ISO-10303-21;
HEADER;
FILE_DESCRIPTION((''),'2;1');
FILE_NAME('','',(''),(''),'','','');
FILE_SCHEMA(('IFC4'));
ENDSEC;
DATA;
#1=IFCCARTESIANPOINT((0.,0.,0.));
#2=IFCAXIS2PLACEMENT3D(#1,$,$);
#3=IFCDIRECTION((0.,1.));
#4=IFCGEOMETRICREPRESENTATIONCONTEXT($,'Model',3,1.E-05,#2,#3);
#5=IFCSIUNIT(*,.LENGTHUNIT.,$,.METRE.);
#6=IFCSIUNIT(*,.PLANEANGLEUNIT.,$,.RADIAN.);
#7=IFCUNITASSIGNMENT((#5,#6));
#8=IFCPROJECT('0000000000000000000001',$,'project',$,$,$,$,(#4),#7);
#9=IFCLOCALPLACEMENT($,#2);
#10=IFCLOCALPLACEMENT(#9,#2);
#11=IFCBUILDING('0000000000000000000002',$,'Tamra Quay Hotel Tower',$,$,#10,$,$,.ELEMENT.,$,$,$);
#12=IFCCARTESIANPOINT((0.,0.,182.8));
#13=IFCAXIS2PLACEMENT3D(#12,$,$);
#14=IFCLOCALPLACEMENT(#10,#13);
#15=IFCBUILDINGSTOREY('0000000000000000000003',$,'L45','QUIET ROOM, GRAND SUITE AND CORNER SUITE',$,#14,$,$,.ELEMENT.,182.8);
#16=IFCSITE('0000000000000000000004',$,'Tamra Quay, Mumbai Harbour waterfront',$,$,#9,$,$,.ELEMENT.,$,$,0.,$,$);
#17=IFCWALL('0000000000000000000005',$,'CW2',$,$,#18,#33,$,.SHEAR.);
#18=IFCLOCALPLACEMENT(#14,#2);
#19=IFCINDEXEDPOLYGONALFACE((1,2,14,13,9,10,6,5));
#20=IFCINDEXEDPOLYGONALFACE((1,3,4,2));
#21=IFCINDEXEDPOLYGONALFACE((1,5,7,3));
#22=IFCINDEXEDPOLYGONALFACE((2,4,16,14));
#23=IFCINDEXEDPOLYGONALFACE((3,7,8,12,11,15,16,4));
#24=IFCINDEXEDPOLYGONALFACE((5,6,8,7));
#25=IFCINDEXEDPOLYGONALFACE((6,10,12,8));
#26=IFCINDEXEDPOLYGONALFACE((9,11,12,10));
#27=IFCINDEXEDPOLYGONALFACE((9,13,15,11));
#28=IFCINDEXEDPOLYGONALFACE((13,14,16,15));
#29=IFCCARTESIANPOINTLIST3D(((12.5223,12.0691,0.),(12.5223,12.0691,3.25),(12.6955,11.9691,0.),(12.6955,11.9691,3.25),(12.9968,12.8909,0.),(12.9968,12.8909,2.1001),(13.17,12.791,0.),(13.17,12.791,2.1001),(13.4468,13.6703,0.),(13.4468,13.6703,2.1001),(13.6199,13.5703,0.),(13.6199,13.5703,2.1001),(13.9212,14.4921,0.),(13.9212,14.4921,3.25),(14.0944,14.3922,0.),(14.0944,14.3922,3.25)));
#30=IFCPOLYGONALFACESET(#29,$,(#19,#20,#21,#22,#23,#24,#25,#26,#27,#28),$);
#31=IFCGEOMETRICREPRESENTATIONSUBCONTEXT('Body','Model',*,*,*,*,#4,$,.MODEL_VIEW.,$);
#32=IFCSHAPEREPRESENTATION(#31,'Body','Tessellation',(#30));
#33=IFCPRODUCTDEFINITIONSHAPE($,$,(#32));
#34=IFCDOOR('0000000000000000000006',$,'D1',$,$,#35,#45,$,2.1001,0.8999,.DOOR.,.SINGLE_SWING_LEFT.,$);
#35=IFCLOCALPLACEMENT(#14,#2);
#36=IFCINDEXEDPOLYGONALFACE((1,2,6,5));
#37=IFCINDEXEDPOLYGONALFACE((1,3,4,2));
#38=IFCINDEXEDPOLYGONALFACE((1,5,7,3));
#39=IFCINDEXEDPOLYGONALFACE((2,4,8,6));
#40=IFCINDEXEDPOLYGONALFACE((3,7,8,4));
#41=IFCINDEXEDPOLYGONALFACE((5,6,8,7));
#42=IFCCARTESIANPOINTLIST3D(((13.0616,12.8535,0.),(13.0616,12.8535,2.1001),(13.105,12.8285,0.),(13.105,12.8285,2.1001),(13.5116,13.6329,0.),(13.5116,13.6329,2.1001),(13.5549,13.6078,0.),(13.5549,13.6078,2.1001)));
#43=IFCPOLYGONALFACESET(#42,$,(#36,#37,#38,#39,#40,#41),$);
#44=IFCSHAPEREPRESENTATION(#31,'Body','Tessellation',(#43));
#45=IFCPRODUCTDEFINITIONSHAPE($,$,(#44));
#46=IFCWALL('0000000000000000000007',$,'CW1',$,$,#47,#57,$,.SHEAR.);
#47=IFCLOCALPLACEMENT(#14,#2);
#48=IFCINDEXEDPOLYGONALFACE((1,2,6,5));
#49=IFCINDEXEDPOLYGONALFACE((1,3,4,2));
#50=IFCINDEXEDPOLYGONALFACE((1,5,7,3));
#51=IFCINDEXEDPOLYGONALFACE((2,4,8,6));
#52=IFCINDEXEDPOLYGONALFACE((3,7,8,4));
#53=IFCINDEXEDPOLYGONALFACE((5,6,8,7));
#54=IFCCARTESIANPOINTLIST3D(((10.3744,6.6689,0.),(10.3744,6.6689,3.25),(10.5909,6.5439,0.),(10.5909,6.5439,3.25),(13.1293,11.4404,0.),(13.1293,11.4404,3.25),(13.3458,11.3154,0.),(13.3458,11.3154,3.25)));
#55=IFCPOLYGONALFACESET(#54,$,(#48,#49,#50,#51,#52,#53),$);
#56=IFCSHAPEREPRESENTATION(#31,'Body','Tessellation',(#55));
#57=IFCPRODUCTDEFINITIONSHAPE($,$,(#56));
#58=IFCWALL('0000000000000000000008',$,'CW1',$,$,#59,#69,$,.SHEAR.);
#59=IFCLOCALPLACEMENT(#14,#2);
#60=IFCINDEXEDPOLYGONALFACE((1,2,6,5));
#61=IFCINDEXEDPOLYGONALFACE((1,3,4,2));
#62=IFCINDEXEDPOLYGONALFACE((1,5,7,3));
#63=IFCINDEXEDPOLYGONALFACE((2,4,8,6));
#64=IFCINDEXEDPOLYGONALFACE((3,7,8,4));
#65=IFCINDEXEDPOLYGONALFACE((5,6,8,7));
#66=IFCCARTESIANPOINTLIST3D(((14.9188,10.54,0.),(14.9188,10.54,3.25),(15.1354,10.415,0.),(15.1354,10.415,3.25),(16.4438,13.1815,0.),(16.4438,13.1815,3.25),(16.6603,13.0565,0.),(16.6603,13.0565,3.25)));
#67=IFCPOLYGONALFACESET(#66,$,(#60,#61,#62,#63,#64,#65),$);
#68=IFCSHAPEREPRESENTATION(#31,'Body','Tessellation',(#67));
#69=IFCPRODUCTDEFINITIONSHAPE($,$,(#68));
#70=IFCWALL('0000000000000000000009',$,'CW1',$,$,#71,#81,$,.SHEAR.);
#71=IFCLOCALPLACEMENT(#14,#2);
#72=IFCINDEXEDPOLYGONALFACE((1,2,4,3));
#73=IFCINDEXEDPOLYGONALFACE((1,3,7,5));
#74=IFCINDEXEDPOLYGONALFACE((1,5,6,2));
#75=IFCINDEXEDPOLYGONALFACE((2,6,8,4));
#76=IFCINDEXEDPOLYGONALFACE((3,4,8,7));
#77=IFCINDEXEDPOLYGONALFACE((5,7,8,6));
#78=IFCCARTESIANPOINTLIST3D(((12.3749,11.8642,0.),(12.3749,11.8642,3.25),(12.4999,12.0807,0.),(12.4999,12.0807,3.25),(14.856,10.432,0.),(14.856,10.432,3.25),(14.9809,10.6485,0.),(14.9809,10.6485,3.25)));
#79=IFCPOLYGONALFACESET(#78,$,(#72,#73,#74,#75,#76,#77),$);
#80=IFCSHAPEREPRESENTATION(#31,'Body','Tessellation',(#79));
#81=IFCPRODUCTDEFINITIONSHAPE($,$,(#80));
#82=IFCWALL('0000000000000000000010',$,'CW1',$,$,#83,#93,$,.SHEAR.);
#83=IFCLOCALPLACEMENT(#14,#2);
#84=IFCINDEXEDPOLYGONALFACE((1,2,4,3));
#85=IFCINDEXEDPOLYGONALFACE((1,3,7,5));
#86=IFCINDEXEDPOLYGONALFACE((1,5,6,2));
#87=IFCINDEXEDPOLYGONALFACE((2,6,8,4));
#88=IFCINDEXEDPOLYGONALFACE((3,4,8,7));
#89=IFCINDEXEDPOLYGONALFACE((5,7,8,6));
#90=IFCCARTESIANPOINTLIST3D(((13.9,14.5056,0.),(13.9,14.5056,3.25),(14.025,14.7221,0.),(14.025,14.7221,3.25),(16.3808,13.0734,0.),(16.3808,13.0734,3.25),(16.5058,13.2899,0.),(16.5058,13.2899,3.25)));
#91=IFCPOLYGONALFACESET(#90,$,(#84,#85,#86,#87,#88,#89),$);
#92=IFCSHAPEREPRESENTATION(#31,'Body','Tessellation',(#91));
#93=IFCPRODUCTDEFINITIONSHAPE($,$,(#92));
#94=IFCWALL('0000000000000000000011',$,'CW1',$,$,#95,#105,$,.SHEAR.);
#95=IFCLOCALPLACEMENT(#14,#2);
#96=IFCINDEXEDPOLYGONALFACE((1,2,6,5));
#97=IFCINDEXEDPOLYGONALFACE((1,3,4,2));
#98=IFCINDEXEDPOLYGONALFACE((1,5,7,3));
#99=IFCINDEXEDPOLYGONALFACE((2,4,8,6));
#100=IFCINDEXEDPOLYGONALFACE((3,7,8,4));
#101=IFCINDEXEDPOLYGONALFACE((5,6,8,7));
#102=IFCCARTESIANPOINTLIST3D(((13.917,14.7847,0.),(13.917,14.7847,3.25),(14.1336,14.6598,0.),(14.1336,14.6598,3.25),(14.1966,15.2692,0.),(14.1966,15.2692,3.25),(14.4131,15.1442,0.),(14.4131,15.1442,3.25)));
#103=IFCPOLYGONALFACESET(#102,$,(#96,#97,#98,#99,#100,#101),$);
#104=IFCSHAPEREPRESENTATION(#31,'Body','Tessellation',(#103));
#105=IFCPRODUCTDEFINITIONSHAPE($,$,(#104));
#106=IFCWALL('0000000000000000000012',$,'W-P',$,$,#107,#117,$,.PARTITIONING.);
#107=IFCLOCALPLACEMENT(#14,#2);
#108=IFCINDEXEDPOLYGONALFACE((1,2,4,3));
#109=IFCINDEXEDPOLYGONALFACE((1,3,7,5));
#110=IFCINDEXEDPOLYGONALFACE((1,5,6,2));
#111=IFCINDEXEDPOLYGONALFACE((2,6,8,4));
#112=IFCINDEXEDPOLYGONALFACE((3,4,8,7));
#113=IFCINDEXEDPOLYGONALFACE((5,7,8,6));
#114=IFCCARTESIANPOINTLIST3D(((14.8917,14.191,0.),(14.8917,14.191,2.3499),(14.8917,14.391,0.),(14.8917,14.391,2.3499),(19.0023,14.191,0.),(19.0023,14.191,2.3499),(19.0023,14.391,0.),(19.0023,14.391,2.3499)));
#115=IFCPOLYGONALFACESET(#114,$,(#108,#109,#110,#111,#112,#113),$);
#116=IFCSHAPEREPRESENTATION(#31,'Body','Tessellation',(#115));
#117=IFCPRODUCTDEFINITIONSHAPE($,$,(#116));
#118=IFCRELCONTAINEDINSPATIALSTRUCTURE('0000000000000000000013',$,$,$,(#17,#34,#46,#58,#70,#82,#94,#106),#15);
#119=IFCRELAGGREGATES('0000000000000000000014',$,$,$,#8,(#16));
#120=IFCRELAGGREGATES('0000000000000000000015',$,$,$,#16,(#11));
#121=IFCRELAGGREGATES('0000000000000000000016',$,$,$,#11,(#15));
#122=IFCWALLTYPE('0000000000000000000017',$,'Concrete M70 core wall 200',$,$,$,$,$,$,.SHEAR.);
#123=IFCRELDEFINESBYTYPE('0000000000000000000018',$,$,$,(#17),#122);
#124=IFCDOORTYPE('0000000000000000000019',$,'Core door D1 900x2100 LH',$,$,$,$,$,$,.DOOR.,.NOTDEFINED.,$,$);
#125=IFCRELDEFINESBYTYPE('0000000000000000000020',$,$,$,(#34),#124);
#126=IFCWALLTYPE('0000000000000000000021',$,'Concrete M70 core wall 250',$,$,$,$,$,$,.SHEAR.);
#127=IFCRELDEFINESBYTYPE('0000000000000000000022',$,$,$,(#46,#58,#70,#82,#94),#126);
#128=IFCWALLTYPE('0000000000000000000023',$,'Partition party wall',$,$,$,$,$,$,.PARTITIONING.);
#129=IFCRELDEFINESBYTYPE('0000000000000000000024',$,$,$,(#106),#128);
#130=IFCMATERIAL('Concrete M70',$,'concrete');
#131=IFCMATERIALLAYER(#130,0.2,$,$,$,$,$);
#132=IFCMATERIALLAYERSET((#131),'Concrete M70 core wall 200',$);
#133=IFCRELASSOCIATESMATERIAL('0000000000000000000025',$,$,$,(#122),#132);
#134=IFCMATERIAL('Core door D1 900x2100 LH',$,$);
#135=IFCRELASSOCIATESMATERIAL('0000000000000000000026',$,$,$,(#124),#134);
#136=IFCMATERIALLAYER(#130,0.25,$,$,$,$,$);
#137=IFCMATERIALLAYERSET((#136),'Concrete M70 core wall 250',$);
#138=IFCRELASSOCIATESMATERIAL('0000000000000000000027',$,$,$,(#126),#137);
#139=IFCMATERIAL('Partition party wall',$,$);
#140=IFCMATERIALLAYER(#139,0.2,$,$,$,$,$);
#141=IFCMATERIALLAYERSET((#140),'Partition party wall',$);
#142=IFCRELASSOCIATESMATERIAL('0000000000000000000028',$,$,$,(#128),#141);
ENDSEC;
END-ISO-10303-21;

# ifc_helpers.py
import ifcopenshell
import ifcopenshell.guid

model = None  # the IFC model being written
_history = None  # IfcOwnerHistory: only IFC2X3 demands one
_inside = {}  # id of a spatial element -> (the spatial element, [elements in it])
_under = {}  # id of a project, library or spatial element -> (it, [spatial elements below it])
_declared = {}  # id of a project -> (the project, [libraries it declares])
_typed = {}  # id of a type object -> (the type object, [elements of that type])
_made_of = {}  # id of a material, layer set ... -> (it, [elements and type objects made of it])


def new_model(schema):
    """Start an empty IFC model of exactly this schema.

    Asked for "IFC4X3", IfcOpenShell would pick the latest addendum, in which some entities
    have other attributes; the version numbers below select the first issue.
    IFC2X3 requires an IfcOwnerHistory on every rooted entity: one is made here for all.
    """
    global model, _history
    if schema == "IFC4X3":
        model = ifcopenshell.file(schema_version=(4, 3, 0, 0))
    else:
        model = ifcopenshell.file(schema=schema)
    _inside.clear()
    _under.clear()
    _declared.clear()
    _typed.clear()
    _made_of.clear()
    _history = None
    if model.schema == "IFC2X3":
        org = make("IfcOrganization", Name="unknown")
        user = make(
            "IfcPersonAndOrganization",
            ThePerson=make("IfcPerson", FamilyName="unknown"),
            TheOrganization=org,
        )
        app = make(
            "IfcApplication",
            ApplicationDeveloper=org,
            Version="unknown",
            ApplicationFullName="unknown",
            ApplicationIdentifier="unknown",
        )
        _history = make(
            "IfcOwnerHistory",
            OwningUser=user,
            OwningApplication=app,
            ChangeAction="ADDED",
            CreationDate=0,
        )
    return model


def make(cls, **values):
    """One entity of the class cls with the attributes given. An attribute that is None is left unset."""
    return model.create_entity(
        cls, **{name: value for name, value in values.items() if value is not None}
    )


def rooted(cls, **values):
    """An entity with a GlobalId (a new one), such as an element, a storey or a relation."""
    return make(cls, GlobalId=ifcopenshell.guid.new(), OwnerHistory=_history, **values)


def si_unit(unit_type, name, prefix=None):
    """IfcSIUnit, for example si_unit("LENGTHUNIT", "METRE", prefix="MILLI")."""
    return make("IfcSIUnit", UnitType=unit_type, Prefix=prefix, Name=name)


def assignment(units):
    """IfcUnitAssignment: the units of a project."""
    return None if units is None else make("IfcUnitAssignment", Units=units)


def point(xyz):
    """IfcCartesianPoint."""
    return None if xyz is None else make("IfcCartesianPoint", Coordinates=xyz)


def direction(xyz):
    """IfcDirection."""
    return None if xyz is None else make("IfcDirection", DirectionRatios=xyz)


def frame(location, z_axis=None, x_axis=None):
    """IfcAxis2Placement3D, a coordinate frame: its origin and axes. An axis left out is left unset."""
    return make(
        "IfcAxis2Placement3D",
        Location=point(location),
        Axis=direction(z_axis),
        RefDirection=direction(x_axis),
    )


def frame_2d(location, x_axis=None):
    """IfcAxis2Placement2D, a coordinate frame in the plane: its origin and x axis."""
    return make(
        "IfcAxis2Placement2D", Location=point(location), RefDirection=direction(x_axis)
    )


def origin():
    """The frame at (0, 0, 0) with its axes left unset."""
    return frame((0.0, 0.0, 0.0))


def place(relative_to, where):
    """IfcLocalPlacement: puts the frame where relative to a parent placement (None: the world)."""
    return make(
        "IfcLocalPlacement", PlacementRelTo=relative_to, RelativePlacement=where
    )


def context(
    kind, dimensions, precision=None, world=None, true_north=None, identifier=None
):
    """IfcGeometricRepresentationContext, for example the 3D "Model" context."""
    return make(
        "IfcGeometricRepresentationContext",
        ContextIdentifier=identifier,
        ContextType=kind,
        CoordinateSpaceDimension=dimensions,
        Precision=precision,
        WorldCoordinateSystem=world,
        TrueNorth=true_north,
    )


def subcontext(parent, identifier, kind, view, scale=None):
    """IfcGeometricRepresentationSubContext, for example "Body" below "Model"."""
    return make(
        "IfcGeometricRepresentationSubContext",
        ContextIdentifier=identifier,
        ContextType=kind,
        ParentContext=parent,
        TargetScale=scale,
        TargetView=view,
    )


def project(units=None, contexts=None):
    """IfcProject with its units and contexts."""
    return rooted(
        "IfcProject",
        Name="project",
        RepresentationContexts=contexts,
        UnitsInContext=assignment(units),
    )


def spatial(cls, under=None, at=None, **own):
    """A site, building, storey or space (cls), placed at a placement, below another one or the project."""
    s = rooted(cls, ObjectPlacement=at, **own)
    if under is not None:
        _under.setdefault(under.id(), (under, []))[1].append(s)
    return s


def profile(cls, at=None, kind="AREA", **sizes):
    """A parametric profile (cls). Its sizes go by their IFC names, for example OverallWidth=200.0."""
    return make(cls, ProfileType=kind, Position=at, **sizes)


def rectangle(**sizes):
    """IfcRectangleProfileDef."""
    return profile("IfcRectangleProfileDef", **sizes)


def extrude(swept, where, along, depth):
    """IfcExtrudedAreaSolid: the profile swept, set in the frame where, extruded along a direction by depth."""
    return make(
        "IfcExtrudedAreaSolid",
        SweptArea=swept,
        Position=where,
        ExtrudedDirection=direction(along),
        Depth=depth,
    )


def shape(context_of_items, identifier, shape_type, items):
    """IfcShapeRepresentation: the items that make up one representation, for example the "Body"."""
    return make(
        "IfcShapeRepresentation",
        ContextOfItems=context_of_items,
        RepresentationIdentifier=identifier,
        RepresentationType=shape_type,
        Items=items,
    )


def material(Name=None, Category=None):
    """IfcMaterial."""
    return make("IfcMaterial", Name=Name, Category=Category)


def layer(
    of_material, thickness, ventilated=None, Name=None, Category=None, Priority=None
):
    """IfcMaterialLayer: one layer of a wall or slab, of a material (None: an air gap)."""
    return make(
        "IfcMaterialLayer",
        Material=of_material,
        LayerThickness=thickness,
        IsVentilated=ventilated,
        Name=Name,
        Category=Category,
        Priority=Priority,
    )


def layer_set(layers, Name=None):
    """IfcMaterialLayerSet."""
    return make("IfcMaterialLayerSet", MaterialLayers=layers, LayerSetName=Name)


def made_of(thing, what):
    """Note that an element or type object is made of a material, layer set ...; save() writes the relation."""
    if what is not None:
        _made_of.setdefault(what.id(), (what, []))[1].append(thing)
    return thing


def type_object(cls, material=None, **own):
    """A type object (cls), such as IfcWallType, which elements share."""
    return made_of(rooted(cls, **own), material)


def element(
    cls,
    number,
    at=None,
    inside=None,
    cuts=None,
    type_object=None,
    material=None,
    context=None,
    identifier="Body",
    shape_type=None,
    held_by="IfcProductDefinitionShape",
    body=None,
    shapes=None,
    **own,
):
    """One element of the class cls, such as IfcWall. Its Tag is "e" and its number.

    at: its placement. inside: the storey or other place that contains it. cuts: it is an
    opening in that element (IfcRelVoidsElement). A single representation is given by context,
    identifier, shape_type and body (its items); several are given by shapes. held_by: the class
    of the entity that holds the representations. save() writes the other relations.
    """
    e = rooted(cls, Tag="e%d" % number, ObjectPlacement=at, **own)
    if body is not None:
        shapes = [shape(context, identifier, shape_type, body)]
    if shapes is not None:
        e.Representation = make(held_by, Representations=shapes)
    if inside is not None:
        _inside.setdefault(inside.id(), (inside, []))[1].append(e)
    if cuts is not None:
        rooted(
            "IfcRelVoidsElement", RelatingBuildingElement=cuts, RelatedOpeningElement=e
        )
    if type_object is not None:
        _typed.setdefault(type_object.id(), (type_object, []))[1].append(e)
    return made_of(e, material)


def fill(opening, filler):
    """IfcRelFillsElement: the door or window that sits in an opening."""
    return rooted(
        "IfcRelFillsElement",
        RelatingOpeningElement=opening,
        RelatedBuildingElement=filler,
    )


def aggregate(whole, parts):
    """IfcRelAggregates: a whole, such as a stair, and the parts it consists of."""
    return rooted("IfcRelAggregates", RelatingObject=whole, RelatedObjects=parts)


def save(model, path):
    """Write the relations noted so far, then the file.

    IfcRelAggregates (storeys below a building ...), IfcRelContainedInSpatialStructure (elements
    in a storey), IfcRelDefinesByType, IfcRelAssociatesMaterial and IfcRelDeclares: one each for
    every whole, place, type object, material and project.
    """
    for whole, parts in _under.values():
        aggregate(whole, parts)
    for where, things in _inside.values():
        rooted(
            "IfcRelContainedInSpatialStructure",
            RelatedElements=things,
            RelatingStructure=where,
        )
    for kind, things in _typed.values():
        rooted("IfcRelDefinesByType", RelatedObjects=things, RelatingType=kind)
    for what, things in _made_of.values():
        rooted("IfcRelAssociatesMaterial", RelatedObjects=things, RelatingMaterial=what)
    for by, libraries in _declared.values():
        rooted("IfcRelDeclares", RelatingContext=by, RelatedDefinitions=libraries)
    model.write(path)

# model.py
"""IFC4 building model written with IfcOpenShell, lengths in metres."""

from ifc_helpers import new_model, si_unit, direction, frame, frame_2d, origin, place, context, subcontext, project, spatial, rectangle, extrude, material, layer, layer_set, type_object, element, fill, save


model = new_model("IFC4")

# Units and contexts
model_context = context("Model", 3, precision=1e-05, world=origin(), true_north=direction((0.0, 1.0)))
body_context = subcontext(model_context, "Body", "Model", "MODEL_VIEW")
ifc_project = project(units=[si_unit("LENGTHUNIT", "METRE"), si_unit("PLANEANGLEUNIT", "RADIAN")], contexts=[model_context])

# Site, building, storey
site_placement = place(None, origin())
site = spatial("IfcSite", under=ifc_project, at=site_placement, Name="Tamra Quay, Mumbai Harbour waterfront", CompositionType="ELEMENT", RefElevation=0.0)
building_placement = place(site_placement, origin())
building = spatial("IfcBuilding", under=site, at=building_placement, Name="Tamra Quay Hotel Tower", CompositionType="ELEMENT")
storey_placement = place(building_placement, frame((0.0, 0.0, 182.8)))
storey = spatial("IfcBuildingStorey", under=building, at=storey_placement, Name="L45", Description="QUIET ROOM, GRAND SUITE AND CORNER SUITE", CompositionType="ELEMENT", Elevation=182.8)

# Shared definitions
ifc_material_1 = material(Name="Concrete M70", Category="concrete")

# Wall, opening, door
ifc_layer_1 = layer(ifc_material_1, 0.2)
ifc_layer_set_1 = layer_set([ifc_layer_1], Name="Concrete M70 core wall 200")
wall_type_1 = type_object("IfcWallType", Name="Concrete M70 core wall 200", PredefinedType="SHEAR", material=ifc_layer_set_1)
wall_1_placement = place(storey_placement, frame((14.0078, 14.4421, 0.0), z_axis=(0.0, 0.0, 1.0), x_axis=(-0.499987, -0.866033, 0.0)))
wall_1 = element("IfcWall", 1, at=wall_1_placement, inside=storey, type_object=wall_type_1, Name="CW2", PredefinedType="SHEAR", context=body_context, shape_type="SweptSolid", body=[
    extrude(rectangle(XDim=2.7979, YDim=0.2, at=frame_2d((1.3989, 0.0))), origin(), (0.0, 0.0, 1.0), 3.25),
])
opening_placement = place(wall_1_placement, frame((0.949, 0.0, 0.0)))
opening = element("IfcOpeningElement", 2, at=opening_placement, cuts=wall_1, PredefinedType="OPENING", context=body_context, shape_type="SweptSolid", body=[
    extrude(rectangle(XDim=0.8999, YDim=2.1001, at=frame_2d((0.45, 1.05))), frame((0.0, 0.1099, 0.0), z_axis=(0.0, -1.0, 0.0), x_axis=(1.0, 0.0, 0.0)), (0.0, 0.0, 1.0), 0.22),
])
ifc_material_2 = material(Name="Core door D1 900x2100 LH")
door_type = type_object("IfcDoorType", Name="Core door D1 900x2100 LH", OperationType="NOTDEFINED", PredefinedType="DOOR", material=ifc_material_2)
door_placement = place(opening_placement, origin())
door = element("IfcDoor", 3, at=door_placement, inside=storey, type_object=door_type, Name="D1", OperationType="SINGLE_SWING_LEFT", OverallHeight=2.1001, OverallWidth=0.8999, PredefinedType="DOOR", context=body_context, shape_type="SweptSolid", body=[
    extrude(rectangle(XDim=0.8999, YDim=2.1001, at=frame_2d((0.45, 1.05))), frame((0.0, 0.0249, 0.0), z_axis=(0.0, -1.0, 0.0), x_axis=(1.0, 0.0, 0.0)), (0.0, 0.0, 1.0), 0.05),
])
fill(opening, door)

# Walls
ifc_layer_2 = layer(ifc_material_1, 0.25)
ifc_layer_set_2 = layer_set([ifc_layer_2], Name="Concrete M70 core wall 250")
wall_type_2 = type_object("IfcWallType", Name="Concrete M70 core wall 250", PredefinedType="SHEAR", material=ifc_layer_set_2)
wall_2_placement = place(storey_placement, frame((13.2375, 11.3779, 0.0), z_axis=(0.0, 0.0, 1.0), x_axis=(-0.500009, -0.86602, 0.0)))
element("IfcWall", 4, at=wall_2_placement, inside=storey, type_object=wall_type_2, Name="CW1", PredefinedType="SHEAR", context=body_context, shape_type="SweptSolid", body=[
    extrude(rectangle(XDim=5.5098, YDim=0.25, at=frame_2d((2.7549, 0.0))), origin(), (0.0, 0.0, 1.0), 3.25),
])
wall_3_placement = place(storey_placement, frame((16.552, 13.1189, 0.0), z_axis=(0.0, 0.0, 1.0), x_axis=(-0.499979, -0.866038, 0.0)))
element("IfcWall", 5, at=wall_3_placement, inside=storey, type_object=wall_type_2, Name="CW1", PredefinedType="SHEAR", context=body_context, shape_type="SweptSolid", body=[
    extrude(rectangle(XDim=3.05, YDim=0.25, at=frame_2d((1.5249, 0.0))), origin(), (0.0, 0.0, 1.0), 3.25),
])
wall_4_placement = place(storey_placement, frame((14.9185, 10.5403, 0.0), z_axis=(0.0, 0.0, 1.0), x_axis=(-0.866064, 0.499934, 0.0)))
element("IfcWall", 6, at=wall_4_placement, inside=storey, type_object=wall_type_2, Name="CW1", PredefinedType="SHEAR", context=body_context, shape_type="SweptSolid", body=[
    extrude(rectangle(XDim=2.8647, YDim=0.25, at=frame_2d((1.4324, 0.0))), origin(), (0.0, 0.0, 1.0), 3.25),
])
wall_5_placement = place(storey_placement, frame((13.9626, 14.6138, 0.0), z_axis=(0.0, 0.0, 1.0), x_axis=(0.866042, -0.499971, 0.0)))
element("IfcWall", 7, at=wall_5_placement, inside=storey, type_object=wall_type_2, Name="CW1", PredefinedType="SHEAR", context=body_context, shape_type="SweptSolid", body=[
    extrude(rectangle(XDim=2.8645, YDim=0.25, at=frame_2d((1.4321, 0.0))), origin(), (0.0, 0.0, 1.0), 3.25),
])
wall_6_placement = place(storey_placement, frame((14.3049, 15.2068, 0.0), z_axis=(0.0, 0.0, 1.0), x_axis=(-0.499848, -0.866113, 0.0)))
element("IfcWall", 8, at=wall_6_placement, inside=storey, type_object=wall_type_2, Name="CW1", PredefinedType="SHEAR", context=body_context, shape_type="SweptSolid", body=[
    extrude(rectangle(XDim=0.5593, YDim=0.25, at=frame_2d((0.2798, 0.0))), origin(), (0.0, 0.0, 1.0), 3.25),
])
ifc_material_3 = material(Name="Partition party wall")
ifc_layer_3 = layer(ifc_material_3, 0.2)
ifc_layer_set_3 = layer_set([ifc_layer_3], Name="Partition party wall")
wall_type_3 = type_object("IfcWallType", Name="Partition party wall", PredefinedType="PARTITIONING", material=ifc_layer_set_3)
wall_7_placement = place(storey_placement, frame((14.8918, 14.291, 0.0), z_axis=(0.0, 0.0, 1.0), x_axis=(1.0, 0.0, 0.0)))
element("IfcWall", 9, at=wall_7_placement, inside=storey, type_object=wall_type_3, Name="W-P", PredefinedType="PARTITIONING", context=body_context, shape_type="SweptSolid", body=[
    extrude(rectangle(XDim=4.1106, YDim=0.2, at=frame_2d((2.0552, 0.0))), origin(), (0.0, 0.0, 1.0), 2.3499),
])

save(model, "model.ifc")
